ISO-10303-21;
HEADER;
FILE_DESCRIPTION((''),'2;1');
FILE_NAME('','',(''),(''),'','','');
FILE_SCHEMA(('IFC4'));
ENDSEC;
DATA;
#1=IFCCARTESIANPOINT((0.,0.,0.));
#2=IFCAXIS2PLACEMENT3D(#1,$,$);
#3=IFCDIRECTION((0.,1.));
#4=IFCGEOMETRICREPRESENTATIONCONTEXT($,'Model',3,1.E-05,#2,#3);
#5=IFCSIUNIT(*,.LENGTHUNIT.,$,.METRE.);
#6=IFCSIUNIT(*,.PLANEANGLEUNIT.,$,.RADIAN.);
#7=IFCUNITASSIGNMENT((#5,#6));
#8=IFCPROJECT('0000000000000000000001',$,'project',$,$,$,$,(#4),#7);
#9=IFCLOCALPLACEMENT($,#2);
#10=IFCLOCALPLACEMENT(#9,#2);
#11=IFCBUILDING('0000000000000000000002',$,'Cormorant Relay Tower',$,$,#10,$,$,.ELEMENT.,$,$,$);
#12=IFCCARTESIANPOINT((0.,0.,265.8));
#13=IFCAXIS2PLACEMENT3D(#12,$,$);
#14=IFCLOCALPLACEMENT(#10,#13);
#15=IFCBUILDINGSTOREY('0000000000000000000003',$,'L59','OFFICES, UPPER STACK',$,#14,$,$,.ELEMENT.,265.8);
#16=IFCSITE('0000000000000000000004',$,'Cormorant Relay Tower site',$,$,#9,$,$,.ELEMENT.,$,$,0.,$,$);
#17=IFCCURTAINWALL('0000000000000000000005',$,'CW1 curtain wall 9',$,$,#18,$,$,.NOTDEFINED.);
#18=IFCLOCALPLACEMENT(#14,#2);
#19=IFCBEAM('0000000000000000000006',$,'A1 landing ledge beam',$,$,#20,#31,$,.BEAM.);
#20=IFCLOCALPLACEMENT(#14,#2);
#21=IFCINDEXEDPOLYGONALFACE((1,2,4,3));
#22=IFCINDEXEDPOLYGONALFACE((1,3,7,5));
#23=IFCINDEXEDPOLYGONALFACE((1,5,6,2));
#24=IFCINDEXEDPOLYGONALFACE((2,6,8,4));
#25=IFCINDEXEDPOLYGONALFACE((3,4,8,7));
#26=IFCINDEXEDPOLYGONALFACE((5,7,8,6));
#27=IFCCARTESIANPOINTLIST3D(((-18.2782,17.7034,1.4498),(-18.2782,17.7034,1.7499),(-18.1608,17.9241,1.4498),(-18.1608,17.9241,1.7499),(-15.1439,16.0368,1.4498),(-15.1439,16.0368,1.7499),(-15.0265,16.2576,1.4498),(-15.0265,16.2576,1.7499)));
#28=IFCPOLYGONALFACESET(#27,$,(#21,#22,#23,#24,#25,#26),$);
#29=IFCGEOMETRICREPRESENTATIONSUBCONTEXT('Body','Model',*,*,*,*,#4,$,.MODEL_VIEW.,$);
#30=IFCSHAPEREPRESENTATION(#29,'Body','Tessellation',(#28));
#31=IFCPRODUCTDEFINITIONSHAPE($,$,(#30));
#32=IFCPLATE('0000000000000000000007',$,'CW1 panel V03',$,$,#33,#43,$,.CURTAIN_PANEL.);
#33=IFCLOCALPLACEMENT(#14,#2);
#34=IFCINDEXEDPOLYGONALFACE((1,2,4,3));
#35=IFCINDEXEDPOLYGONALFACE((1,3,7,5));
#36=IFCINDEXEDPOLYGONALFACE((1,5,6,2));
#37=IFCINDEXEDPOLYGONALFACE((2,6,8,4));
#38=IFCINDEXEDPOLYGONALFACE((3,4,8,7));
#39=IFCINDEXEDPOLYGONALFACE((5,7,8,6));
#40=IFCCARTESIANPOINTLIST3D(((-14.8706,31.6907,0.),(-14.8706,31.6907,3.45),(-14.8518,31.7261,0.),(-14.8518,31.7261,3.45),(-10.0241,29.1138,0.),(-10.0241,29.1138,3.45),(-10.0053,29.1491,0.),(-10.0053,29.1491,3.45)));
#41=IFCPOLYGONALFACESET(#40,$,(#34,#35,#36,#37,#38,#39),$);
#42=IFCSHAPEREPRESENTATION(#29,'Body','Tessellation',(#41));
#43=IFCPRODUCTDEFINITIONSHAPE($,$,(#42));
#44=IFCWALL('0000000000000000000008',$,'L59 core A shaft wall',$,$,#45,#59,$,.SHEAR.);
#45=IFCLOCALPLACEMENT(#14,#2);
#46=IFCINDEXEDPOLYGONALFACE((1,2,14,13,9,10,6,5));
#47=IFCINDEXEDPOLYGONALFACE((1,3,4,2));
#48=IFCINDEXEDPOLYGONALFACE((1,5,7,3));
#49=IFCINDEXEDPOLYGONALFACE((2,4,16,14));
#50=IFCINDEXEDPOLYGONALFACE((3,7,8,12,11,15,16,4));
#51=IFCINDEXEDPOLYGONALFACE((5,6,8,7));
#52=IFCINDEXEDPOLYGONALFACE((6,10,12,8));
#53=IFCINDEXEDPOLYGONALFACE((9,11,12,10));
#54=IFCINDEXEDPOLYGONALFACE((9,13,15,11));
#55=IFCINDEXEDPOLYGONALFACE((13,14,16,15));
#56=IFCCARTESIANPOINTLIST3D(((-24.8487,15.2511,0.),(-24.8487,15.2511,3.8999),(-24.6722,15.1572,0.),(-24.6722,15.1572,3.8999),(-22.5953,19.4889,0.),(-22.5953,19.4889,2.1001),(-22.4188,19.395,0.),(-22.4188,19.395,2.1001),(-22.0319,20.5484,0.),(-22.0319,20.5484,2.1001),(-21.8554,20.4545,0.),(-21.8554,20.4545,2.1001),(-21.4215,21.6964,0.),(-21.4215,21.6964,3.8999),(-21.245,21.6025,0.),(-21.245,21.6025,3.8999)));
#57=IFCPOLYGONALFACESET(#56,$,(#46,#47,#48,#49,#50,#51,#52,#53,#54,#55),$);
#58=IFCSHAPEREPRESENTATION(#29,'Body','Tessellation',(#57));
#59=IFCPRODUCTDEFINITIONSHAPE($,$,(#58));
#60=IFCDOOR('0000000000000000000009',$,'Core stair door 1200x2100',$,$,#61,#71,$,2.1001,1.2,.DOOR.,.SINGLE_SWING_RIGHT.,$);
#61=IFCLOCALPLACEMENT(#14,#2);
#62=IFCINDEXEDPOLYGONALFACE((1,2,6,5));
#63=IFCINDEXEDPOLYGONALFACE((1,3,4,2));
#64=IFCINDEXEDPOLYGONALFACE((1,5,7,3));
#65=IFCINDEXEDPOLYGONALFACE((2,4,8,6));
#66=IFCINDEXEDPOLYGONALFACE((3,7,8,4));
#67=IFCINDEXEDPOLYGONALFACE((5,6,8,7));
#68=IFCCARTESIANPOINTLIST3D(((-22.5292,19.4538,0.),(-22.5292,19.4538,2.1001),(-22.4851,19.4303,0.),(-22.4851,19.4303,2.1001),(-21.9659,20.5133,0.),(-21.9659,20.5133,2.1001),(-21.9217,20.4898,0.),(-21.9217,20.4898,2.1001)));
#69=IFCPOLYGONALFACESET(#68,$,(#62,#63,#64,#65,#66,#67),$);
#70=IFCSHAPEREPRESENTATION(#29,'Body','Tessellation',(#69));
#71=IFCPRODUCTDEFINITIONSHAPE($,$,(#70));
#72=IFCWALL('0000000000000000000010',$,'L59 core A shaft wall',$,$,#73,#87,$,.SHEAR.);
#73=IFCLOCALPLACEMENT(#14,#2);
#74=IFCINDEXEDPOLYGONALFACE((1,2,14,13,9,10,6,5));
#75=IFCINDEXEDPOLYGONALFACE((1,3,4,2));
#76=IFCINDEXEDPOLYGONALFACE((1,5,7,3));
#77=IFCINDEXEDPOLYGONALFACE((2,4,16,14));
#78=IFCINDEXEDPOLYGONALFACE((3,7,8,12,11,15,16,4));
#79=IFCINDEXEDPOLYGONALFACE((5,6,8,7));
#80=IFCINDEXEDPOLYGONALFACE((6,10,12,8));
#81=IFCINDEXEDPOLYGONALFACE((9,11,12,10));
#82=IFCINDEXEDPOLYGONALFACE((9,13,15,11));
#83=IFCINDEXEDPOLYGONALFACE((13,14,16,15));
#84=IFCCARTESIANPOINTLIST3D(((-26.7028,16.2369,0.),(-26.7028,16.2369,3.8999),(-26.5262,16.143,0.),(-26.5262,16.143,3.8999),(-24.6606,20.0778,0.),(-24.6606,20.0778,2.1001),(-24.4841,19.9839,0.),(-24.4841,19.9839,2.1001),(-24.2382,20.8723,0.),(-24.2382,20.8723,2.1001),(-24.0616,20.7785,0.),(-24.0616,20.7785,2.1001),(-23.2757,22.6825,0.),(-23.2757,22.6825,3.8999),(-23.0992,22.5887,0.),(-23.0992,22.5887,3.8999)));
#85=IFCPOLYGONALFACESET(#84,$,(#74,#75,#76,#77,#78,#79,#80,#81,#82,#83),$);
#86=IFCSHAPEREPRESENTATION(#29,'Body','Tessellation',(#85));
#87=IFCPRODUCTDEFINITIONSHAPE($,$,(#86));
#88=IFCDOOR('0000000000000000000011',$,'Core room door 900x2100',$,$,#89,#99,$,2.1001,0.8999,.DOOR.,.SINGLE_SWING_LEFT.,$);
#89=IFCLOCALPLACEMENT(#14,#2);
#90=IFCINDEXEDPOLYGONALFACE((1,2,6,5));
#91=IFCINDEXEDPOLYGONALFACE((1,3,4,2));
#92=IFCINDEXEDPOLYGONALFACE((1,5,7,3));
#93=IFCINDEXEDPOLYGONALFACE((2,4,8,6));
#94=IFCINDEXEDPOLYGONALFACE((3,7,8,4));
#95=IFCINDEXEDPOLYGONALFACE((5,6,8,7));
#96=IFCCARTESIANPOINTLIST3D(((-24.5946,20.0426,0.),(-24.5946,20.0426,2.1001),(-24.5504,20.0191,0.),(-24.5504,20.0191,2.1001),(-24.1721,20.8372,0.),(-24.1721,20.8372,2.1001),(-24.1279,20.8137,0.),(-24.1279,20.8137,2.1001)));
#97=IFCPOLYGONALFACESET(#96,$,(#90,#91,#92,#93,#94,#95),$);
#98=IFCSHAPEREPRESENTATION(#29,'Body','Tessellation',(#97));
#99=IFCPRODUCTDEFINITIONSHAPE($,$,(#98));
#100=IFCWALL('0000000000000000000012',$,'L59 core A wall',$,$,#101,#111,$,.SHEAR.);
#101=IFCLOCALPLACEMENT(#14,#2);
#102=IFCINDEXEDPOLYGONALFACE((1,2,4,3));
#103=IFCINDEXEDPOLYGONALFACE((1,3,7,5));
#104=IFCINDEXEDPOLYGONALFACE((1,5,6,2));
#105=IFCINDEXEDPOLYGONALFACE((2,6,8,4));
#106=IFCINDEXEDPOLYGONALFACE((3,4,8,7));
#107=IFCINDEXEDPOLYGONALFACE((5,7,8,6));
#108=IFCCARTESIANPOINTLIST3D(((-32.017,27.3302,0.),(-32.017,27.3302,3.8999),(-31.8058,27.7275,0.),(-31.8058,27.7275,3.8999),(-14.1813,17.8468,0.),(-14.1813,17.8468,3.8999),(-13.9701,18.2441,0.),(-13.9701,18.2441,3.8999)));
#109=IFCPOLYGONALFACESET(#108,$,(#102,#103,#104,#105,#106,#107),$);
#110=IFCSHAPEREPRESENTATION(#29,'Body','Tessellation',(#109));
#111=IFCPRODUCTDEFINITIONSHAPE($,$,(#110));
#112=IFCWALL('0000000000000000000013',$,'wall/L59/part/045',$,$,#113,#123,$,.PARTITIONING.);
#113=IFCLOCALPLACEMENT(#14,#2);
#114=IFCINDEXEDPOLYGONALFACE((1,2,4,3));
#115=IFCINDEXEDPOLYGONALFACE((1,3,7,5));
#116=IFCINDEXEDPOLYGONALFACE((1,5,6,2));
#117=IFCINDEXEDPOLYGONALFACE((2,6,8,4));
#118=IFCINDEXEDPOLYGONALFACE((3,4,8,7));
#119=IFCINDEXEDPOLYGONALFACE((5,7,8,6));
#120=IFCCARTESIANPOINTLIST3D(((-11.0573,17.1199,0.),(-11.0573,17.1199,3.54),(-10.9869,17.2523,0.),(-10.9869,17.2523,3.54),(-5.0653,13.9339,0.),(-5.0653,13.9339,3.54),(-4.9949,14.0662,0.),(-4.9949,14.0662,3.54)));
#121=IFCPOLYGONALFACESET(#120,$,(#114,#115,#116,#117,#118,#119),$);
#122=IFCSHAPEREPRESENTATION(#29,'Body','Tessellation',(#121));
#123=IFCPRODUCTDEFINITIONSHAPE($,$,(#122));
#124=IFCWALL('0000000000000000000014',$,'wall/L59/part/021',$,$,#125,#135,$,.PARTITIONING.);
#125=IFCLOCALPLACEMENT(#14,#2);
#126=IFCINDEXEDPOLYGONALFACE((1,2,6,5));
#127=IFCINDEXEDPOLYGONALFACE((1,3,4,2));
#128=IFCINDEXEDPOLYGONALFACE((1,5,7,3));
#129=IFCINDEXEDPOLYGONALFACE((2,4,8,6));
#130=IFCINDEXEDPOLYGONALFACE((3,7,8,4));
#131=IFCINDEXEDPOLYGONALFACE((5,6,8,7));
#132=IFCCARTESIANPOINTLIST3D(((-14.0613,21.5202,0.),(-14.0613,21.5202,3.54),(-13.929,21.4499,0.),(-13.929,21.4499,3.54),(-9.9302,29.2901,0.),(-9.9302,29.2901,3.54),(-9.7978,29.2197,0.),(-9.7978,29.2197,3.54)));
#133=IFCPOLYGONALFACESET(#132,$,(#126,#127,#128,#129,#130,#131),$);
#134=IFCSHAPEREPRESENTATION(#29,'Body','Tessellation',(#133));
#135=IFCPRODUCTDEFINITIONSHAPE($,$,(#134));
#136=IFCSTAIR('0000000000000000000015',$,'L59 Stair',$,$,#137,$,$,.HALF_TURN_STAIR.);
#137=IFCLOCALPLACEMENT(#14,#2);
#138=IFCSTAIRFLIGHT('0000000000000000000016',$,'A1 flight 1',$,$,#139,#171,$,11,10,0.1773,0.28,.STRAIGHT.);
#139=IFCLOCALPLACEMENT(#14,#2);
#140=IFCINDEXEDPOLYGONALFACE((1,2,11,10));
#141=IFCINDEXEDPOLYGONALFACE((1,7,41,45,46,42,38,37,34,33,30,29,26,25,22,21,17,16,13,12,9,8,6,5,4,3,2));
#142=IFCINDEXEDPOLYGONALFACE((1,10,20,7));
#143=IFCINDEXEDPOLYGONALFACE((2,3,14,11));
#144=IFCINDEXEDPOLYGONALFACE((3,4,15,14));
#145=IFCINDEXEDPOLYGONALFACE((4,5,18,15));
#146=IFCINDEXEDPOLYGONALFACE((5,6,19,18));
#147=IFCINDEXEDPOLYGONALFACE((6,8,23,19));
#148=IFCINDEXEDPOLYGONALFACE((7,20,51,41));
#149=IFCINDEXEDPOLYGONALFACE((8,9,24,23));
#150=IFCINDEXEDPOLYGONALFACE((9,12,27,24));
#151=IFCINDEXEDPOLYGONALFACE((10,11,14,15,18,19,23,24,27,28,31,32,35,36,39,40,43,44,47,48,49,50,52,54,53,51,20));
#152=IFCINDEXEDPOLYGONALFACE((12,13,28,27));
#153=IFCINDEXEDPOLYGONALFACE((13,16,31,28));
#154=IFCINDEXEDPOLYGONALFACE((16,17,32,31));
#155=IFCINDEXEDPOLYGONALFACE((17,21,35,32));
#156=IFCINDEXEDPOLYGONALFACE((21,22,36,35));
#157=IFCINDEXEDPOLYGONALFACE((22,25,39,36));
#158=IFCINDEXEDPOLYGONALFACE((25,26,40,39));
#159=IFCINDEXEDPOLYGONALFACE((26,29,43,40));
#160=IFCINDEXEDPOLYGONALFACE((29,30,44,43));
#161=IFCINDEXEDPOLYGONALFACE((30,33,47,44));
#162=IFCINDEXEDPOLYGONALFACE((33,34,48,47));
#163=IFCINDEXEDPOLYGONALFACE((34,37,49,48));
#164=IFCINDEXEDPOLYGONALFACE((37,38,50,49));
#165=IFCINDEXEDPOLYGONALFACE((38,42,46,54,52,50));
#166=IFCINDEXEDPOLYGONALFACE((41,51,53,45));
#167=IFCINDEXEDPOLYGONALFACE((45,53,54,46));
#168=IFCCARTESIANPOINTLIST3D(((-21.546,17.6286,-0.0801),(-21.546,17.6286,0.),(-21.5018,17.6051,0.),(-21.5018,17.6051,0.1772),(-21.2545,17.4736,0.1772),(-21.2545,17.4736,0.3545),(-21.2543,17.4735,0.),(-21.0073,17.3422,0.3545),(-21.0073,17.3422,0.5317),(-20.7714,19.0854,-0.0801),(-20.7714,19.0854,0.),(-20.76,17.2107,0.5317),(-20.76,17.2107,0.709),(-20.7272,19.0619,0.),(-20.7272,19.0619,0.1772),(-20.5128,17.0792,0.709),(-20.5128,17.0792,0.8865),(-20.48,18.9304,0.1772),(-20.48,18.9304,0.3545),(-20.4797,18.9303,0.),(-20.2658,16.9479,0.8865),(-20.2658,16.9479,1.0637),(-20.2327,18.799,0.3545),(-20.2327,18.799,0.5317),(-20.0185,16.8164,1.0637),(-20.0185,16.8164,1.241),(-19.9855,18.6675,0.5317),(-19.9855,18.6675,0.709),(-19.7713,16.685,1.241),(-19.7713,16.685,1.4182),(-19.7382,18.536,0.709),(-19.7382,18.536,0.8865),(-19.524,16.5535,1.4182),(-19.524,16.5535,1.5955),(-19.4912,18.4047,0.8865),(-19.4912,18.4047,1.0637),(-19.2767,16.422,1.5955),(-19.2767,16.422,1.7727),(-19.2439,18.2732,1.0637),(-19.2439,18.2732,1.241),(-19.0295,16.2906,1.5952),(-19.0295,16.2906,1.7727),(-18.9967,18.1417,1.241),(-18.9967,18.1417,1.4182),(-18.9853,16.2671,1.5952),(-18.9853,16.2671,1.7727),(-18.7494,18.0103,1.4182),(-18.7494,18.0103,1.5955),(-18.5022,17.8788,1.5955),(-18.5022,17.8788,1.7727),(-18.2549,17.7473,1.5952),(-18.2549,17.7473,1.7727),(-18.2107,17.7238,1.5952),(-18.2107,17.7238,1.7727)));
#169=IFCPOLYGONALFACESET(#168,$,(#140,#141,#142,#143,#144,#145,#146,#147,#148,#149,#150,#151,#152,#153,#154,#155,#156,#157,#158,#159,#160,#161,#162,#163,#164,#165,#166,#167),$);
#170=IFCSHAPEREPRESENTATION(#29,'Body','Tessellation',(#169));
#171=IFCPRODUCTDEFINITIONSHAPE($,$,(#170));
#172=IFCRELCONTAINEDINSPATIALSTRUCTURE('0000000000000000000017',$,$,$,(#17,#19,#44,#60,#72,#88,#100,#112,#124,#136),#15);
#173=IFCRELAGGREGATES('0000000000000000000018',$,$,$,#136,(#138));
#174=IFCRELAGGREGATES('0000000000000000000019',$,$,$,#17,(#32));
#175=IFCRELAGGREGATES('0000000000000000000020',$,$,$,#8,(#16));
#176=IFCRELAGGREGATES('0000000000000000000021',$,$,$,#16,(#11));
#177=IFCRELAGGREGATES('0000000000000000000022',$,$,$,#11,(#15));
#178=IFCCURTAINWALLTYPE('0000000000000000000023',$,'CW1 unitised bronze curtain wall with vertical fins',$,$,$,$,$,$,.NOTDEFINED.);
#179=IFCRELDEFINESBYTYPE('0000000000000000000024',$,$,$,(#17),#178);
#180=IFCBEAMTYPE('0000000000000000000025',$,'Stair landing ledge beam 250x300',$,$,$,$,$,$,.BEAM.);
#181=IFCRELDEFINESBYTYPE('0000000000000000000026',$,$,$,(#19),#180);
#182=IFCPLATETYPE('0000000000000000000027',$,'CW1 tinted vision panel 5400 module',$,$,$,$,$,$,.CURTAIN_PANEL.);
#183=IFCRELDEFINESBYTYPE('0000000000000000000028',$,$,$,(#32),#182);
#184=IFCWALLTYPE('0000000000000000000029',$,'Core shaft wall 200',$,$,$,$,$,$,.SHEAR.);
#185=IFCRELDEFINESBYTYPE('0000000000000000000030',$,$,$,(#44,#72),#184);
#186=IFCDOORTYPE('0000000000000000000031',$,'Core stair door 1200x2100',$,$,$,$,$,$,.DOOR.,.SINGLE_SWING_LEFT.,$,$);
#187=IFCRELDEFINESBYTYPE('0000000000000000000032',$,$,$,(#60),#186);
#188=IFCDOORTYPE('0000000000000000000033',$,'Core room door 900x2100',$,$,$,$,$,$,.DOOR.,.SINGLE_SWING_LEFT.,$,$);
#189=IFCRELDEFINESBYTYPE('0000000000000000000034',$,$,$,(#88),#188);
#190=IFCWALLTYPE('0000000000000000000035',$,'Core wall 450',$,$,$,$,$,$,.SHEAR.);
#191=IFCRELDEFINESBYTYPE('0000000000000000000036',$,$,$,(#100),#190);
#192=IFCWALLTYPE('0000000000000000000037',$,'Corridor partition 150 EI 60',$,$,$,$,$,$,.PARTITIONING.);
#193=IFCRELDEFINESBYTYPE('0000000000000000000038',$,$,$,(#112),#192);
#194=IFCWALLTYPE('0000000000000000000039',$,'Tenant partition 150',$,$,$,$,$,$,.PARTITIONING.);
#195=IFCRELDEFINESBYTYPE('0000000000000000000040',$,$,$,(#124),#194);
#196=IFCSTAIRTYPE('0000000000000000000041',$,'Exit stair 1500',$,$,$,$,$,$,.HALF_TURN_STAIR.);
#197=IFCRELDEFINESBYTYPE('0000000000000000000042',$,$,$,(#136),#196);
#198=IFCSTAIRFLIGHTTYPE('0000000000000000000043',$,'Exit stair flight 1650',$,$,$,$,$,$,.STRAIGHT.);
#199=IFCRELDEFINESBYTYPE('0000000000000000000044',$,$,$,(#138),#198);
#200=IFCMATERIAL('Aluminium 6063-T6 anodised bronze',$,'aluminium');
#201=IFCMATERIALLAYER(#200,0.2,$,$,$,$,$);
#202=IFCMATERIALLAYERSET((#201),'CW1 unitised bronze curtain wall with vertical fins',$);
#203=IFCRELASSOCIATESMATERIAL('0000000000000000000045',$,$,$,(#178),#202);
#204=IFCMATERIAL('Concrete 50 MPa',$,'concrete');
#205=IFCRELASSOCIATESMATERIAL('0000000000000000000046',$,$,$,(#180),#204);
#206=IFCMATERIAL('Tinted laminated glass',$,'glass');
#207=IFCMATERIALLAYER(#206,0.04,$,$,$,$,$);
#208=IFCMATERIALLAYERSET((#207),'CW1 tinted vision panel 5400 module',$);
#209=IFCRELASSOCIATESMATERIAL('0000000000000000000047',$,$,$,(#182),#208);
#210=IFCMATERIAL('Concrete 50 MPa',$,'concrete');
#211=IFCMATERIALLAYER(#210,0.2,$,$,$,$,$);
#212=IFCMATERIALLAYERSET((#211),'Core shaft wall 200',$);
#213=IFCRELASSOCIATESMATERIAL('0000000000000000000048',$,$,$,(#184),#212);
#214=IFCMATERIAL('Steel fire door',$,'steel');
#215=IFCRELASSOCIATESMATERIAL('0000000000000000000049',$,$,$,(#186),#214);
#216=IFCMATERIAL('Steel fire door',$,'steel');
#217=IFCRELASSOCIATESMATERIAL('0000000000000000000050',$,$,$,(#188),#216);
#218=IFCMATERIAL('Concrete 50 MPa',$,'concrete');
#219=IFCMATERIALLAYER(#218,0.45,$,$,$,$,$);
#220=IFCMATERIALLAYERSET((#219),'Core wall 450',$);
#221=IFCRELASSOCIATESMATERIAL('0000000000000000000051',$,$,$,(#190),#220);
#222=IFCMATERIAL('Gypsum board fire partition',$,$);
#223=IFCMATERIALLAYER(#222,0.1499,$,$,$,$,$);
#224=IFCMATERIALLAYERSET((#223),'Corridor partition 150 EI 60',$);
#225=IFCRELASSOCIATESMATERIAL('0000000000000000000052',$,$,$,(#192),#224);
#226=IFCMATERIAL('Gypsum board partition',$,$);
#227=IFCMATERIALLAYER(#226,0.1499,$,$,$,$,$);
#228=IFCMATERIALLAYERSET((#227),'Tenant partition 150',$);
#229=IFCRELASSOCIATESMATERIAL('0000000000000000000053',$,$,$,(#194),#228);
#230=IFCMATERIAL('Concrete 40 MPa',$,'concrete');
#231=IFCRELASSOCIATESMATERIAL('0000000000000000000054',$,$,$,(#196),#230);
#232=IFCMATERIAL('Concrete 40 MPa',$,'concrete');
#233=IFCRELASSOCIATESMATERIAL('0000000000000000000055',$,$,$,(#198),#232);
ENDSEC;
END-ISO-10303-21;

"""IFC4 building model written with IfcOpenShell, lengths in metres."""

from ifc_helpers import new_model, si_unit, direction, frame, frame_2d, origin, origin_2d, place, context, subcontext, project, spatial, polyline, rectangle, outline, extrude, material, layer, layer_set, material_profile, profile_set, type_object, element, fill, aggregate, save


model = new_model("IFC4")

# Units and contexts
model_context = context("Model", 3, precision=1e-05, world=origin(), true_north=direction((0.0, 1.0)))
body_context = subcontext(model_context, "Body", "Model", "MODEL_VIEW")
ifc_project = project(units=[si_unit("LENGTHUNIT", "METRE"), si_unit("PLANEANGLEUNIT", "RADIAN")], contexts=[model_context])

# Site, building, storey
site_placement = place(None, origin())
site = spatial("IfcSite", under=ifc_project, at=site_placement, Name="Cormorant Relay Tower site", CompositionType="ELEMENT", RefElevation=0.0)
building_placement = place(site_placement, origin())
building = spatial("IfcBuilding", under=site, at=building_placement, Name="Cormorant Relay Tower", CompositionType="ELEMENT")
storey_placement = place(building_placement, frame((0.0, 0.0, 265.8)))
storey = spatial("IfcBuildingStorey", under=building, at=storey_placement, Name="L59", Description="OFFICES, UPPER STACK", CompositionType="ELEMENT", Elevation=265.8)

# Curtain wall
ifc_material_1 = material(Name="Aluminium 6063-T6 anodised bronze", Category="aluminium")
ifc_layer_1 = layer(ifc_material_1, 0.2)
ifc_layer_set_1 = layer_set([ifc_layer_1], Name="CW1 unitised bronze curtain wall with vertical fins")
curtain_wall_type = type_object("IfcCurtainWallType", Name="CW1 unitised bronze curtain wall with vertical fins", PredefinedType="NOTDEFINED", material=ifc_layer_set_1)
curtain_wall_placement = place(storey_placement, origin())
curtain_wall = element("IfcCurtainWall", 1, at=curtain_wall_placement, inside=storey, type_object=curtain_wall_type, Name="CW1 curtain wall 9", PredefinedType="NOTDEFINED")

# Beam
ifc_material_2 = material(Name="Concrete 50 MPa", Category="concrete")
ifc_material_profile_1 = material_profile(ifc_material_2, rectangle(XDim=0.25, YDim=0.3, at=origin_2d()), Name="RC 250x300")
ifc_profile_set_1 = profile_set([ifc_material_profile_1], Name="Concrete 50 MPa")
beam_type_1 = type_object("IfcBeamType", Name="Stair landing ledge beam 250x300", PredefinedType="BEAM", material=ifc_profile_set_1)
beam_1_placement = place(storey_placement, frame((-18.2195, 17.8137, 1.5999), z_axis=(0.88295, -0.469467, 0.0), x_axis=(0.469467, 0.88295, 0.0)))
element("IfcBeam", 2, at=beam_1_placement, inside=storey, type_object=beam_type_1, Name="A1 landing ledge beam", PredefinedType="BEAM", context=body_context, shape_type="SweptSolid", body=[
    extrude(rectangle(XDim=0.25, YDim=0.3, at=origin_2d()), origin(), (0.0, 0.0, 1.0), 3.5498),
])

# Plate
ifc_material_3 = material(Name="Tinted laminated glass", Category="glass")
ifc_layer_2 = layer(ifc_material_3, 0.04)
ifc_layer_set_2 = layer_set([ifc_layer_2], Name="CW1 tinted vision panel 5400 module")
plate_type = type_object("IfcPlateType", Name="CW1 tinted vision panel 5400 module", PredefinedType="CURTAIN_PANEL", material=ifc_layer_set_2)
plate_placement = place(storey_placement, frame((-12.438, 30.4199, 0.0), z_axis=(0.0, 0.0, 1.0), x_axis=(-0.882948, 0.469472, 0.0)))
plate = element("IfcPlate", 3, at=plate_placement, type_object=plate_type, Name="CW1 panel V03", PredefinedType="CURTAIN_PANEL", context=body_context, shape_type="SweptSolid", body=[
    extrude(rectangle(XDim=5.489, YDim=0.04, at=origin_2d()), origin(), (0.0, 0.0, 1.0), 3.45),
])

# Walls, openings, doors
ifc_material_4 = material(Name="Concrete 50 MPa", Category="concrete")
ifc_layer_3 = layer(ifc_material_4, 0.2)
ifc_layer_set_3 = layer_set([ifc_layer_3], Name="Core shaft wall 200")
wall_type_1 = type_object("IfcWallType", Name="Core shaft wall 200", PredefinedType="SHEAR", material=ifc_layer_set_3)
wall_1_placement = place(storey_placement, frame((-21.3333, 21.6494, 0.0), z_axis=(0.0, 0.0, 1.0), x_axis=(-0.469494, -0.882936, 0.0)))
wall_1 = element("IfcWall", 4, at=wall_1_placement, inside=storey, type_object=wall_type_1, Name="L59 core A shaft wall", PredefinedType="SHEAR", context=body_context, shape_type="SweptSolid", body=[
    extrude(rectangle(XDim=7.2998, YDim=0.2, at=frame_2d((3.6499, 0.0))), origin(), (0.0, 0.0, 1.0), 3.8999),
])
opening_1_placement = place(wall_1_placement, frame((1.3, 0.0, 0.0)))
opening_1 = element("IfcOpeningElement", 5, at=opening_1_placement, cuts=wall_1, PredefinedType="OPENING", context=body_context, shape_type="SweptSolid", body=[
    extrude(rectangle(XDim=1.2, YDim=2.1001, at=frame_2d((0.6001, 1.05))), frame((0.0, 0.1099, 0.0), z_axis=(0.0, -1.0, 0.0), x_axis=(1.0, 0.0, 0.0)), (0.0, 0.0, 1.0), 0.22),
])
ifc_material_5 = material(Name="Steel fire door", Category="steel")
door_type_1 = type_object("IfcDoorType", Name="Core stair door 1200x2100", OperationType="SINGLE_SWING_LEFT", PredefinedType="DOOR", material=ifc_material_5)
door_1_placement = place(opening_1_placement, origin())
door_1 = element("IfcDoor", 6, at=door_1_placement, inside=storey, type_object=door_type_1, Name="Core stair door 1200x2100", OperationType="SINGLE_SWING_RIGHT", OverallHeight=2.1001, OverallWidth=1.2, PredefinedType="DOOR", context=body_context, shape_type="SweptSolid", body=[
    extrude(rectangle(XDim=1.2, YDim=2.1001, at=frame_2d((0.6001, 1.05))), frame((0.0, 0.0249, 0.0), z_axis=(0.0, -1.0, 0.0), x_axis=(1.0, 0.0, 0.0)), (0.0, 0.0, 1.0), 0.05),
])
fill(opening_1, door_1)
wall_2_placement = place(storey_placement, frame((-23.1875, 22.6355, 0.0), z_axis=(0.0, 0.0, 1.0), x_axis=(-0.469454, -0.882957, 0.0)))
wall_2 = element("IfcWall", 7, at=wall_2_placement, inside=storey, type_object=wall_type_1, Name="L59 core A shaft wall", PredefinedType="SHEAR", context=body_context, shape_type="SweptSolid", body=[
    extrude(rectangle(XDim=7.3, YDim=0.2, at=frame_2d((3.6499, 0.0))), origin(), (0.0, 0.0, 1.0), 3.8999),
])
opening_2_placement = place(wall_2_placement, frame((2.05, 0.0, 0.0)))
opening_2 = element("IfcOpeningElement", 8, at=opening_2_placement, cuts=wall_2, PredefinedType="OPENING", context=body_context, shape_type="SweptSolid", body=[
    extrude(rectangle(XDim=0.8999, YDim=2.1001, at=frame_2d((0.45, 1.05))), frame((0.0, 0.1099, 0.0), z_axis=(0.0, -1.0, 0.0), x_axis=(1.0, 0.0, 0.0)), (0.0, 0.0, 1.0), 0.22),
])
ifc_material_6 = material(Name="Steel fire door", Category="steel")
door_type_2 = type_object("IfcDoorType", Name="Core room door 900x2100", OperationType="SINGLE_SWING_LEFT", PredefinedType="DOOR", material=ifc_material_6)
door_2_placement = place(opening_2_placement, origin())
door_2 = element("IfcDoor", 9, at=door_2_placement, inside=storey, type_object=door_type_2, Name="Core room door 900x2100", OperationType="SINGLE_SWING_LEFT", OverallHeight=2.1001, OverallWidth=0.8999, PredefinedType="DOOR", context=body_context, shape_type="SweptSolid", body=[
    extrude(rectangle(XDim=0.8999, YDim=2.1001, at=frame_2d((0.45, 1.05))), frame((0.0, 0.0249, 0.0), z_axis=(0.0, -1.0, 0.0), x_axis=(1.0, 0.0, 0.0)), (0.0, 0.0, 1.0), 0.05),
])
fill(opening_2, door_2)
ifc_material_7 = material(Name="Concrete 50 MPa", Category="concrete")
ifc_layer_4 = layer(ifc_material_7, 0.45)
ifc_layer_set_4 = layer_set([ifc_layer_4], Name="Core wall 450")
wall_type_2 = type_object("IfcWallType", Name="Core wall 450", PredefinedType="SHEAR", material=ifc_layer_set_4)

# Walls
wall_3_placement = place(storey_placement, frame((-14.0757, 18.0454, 0.0), z_axis=(0.0, 0.0, 1.0), x_axis=(-0.882948, 0.469471, 0.0)))
element("IfcWall", 10, at=wall_3_placement, inside=storey, type_object=wall_type_2, Name="L59 core A wall", PredefinedType="SHEAR", context=body_context, shape_type="SweptSolid", body=[
    extrude(rectangle(XDim=20.2002, YDim=0.45, at=frame_2d((10.1001, 0.0))), origin(), (0.0, 0.0, 1.0), 3.8999),
])
ifc_material_8 = material(Name="Gypsum board fire partition")
ifc_layer_5 = layer(ifc_material_8, 0.1499)
ifc_layer_set_5 = layer_set([ifc_layer_5], Name="Corridor partition 150 EI 60")
wall_type_3 = type_object("IfcWallType", Name="Corridor partition 150 EI 60", PredefinedType="PARTITIONING", material=ifc_layer_set_5)
wall_4_placement = place(storey_placement, frame((-11.022, 17.186, 0.0), z_axis=(0.0, 0.0, 1.0), x_axis=(0.882944, -0.469479, 0.0)))
element("IfcWall", 11, at=wall_4_placement, inside=storey, type_object=wall_type_3, Name="wall/L59/part/045", PredefinedType="PARTITIONING", context=body_context, shape_type="SweptSolid", body=[
    extrude(rectangle(XDim=6.7864, YDim=0.1499, at=frame_2d((3.3931, 0.0))), origin(), (0.0, 0.0, 1.0), 3.54),
])
ifc_material_9 = material(Name="Gypsum board partition")
ifc_layer_6 = layer(ifc_material_9, 0.1499)
ifc_layer_set_6 = layer_set([ifc_layer_6], Name="Tenant partition 150")
wall_type_4 = type_object("IfcWallType", Name="Tenant partition 150", PredefinedType="PARTITIONING", material=ifc_layer_set_6)
wall_5_placement = place(storey_placement, frame((-9.864, 29.2549, 0.0), z_axis=(0.0, 0.0, 1.0), x_axis=(-0.469457, -0.882955, 0.0)))
element("IfcWall", 12, at=wall_5_placement, inside=storey, type_object=wall_type_4, Name="wall/L59/part/021", PredefinedType="PARTITIONING", context=body_context, shape_type="SweptSolid", body=[
    extrude(rectangle(XDim=8.7998, YDim=0.1499, at=frame_2d((4.3999, 0.0))), origin(), (0.0, 0.0, 1.0), 3.54),
])

# Stair, stair flight
ifc_material_10 = material(Name="Concrete 40 MPa", Category="concrete")
stair_type = type_object("IfcStairType", Name="Exit stair 1500", PredefinedType="HALF_TURN_STAIR", material=ifc_material_10)
stair_placement = place(storey_placement, origin())
stair = element("IfcStair", 13, at=stair_placement, inside=storey, type_object=stair_type, Name="L59 Stair", PredefinedType="HALF_TURN_STAIR")
ifc_material_11 = material(Name="Concrete 40 MPa", Category="concrete")
stair_flight_type = type_object("IfcStairFlightType", Name="Exit stair flight 1650", PredefinedType="STRAIGHT", material=ifc_material_11)
stair_flight_1_placement = place(storey_placement, frame((-21.1145, 18.3335, 0.0), z_axis=(0.0, 0.0, 1.0), x_axis=(0.882948, -0.469472, 0.0)))
stair_flight_1 = element("IfcStairFlight", 14, at=stair_flight_1_placement, type_object=stair_flight_type, Name="A1 flight 1", NumberOfRisers=11, NumberOfTreads=10, PredefinedType="STRAIGHT", RiserHeight=0.1773, TreadLength=0.28, context=body_context, shape_type="SweptSolid", body=[
    extrude(outline(polyline([(-0.05, -0.0801), (-0.05, 0.0), (0.0, 0.0), (0.0, 0.1772), (0.28, 0.1772), (0.28, 0.3545), (0.5601, 0.3545), (0.5601, 0.5317), (0.8401, 0.5317), (0.8401, 0.709), (1.1201, 0.709), (1.1201, 0.8865), (1.3999, 0.8865), (1.3999, 1.0637), (1.6799, 1.0637), (1.6799, 1.241), (1.96, 1.241), (1.96, 1.4182), (2.24, 1.4182), (2.24, 1.5955), (2.52, 1.5955), (2.52, 1.7727), (2.8, 1.7727), (2.8501, 1.7727), (2.8501, 1.5952), (2.8, 1.5952), (0.2803, 0.0), (-0.05, -0.0801)])), frame((0.0, 0.825, 0.0), z_axis=(0.0, -1.0, 0.0), x_axis=(1.0, 0.0, 0.0)), (0.0, 0.0, 1.0), 1.6499),
])
aggregate(stair, [stair_flight_1])

aggregate(curtain_wall, [plate])

save(model, "model.ifc")
